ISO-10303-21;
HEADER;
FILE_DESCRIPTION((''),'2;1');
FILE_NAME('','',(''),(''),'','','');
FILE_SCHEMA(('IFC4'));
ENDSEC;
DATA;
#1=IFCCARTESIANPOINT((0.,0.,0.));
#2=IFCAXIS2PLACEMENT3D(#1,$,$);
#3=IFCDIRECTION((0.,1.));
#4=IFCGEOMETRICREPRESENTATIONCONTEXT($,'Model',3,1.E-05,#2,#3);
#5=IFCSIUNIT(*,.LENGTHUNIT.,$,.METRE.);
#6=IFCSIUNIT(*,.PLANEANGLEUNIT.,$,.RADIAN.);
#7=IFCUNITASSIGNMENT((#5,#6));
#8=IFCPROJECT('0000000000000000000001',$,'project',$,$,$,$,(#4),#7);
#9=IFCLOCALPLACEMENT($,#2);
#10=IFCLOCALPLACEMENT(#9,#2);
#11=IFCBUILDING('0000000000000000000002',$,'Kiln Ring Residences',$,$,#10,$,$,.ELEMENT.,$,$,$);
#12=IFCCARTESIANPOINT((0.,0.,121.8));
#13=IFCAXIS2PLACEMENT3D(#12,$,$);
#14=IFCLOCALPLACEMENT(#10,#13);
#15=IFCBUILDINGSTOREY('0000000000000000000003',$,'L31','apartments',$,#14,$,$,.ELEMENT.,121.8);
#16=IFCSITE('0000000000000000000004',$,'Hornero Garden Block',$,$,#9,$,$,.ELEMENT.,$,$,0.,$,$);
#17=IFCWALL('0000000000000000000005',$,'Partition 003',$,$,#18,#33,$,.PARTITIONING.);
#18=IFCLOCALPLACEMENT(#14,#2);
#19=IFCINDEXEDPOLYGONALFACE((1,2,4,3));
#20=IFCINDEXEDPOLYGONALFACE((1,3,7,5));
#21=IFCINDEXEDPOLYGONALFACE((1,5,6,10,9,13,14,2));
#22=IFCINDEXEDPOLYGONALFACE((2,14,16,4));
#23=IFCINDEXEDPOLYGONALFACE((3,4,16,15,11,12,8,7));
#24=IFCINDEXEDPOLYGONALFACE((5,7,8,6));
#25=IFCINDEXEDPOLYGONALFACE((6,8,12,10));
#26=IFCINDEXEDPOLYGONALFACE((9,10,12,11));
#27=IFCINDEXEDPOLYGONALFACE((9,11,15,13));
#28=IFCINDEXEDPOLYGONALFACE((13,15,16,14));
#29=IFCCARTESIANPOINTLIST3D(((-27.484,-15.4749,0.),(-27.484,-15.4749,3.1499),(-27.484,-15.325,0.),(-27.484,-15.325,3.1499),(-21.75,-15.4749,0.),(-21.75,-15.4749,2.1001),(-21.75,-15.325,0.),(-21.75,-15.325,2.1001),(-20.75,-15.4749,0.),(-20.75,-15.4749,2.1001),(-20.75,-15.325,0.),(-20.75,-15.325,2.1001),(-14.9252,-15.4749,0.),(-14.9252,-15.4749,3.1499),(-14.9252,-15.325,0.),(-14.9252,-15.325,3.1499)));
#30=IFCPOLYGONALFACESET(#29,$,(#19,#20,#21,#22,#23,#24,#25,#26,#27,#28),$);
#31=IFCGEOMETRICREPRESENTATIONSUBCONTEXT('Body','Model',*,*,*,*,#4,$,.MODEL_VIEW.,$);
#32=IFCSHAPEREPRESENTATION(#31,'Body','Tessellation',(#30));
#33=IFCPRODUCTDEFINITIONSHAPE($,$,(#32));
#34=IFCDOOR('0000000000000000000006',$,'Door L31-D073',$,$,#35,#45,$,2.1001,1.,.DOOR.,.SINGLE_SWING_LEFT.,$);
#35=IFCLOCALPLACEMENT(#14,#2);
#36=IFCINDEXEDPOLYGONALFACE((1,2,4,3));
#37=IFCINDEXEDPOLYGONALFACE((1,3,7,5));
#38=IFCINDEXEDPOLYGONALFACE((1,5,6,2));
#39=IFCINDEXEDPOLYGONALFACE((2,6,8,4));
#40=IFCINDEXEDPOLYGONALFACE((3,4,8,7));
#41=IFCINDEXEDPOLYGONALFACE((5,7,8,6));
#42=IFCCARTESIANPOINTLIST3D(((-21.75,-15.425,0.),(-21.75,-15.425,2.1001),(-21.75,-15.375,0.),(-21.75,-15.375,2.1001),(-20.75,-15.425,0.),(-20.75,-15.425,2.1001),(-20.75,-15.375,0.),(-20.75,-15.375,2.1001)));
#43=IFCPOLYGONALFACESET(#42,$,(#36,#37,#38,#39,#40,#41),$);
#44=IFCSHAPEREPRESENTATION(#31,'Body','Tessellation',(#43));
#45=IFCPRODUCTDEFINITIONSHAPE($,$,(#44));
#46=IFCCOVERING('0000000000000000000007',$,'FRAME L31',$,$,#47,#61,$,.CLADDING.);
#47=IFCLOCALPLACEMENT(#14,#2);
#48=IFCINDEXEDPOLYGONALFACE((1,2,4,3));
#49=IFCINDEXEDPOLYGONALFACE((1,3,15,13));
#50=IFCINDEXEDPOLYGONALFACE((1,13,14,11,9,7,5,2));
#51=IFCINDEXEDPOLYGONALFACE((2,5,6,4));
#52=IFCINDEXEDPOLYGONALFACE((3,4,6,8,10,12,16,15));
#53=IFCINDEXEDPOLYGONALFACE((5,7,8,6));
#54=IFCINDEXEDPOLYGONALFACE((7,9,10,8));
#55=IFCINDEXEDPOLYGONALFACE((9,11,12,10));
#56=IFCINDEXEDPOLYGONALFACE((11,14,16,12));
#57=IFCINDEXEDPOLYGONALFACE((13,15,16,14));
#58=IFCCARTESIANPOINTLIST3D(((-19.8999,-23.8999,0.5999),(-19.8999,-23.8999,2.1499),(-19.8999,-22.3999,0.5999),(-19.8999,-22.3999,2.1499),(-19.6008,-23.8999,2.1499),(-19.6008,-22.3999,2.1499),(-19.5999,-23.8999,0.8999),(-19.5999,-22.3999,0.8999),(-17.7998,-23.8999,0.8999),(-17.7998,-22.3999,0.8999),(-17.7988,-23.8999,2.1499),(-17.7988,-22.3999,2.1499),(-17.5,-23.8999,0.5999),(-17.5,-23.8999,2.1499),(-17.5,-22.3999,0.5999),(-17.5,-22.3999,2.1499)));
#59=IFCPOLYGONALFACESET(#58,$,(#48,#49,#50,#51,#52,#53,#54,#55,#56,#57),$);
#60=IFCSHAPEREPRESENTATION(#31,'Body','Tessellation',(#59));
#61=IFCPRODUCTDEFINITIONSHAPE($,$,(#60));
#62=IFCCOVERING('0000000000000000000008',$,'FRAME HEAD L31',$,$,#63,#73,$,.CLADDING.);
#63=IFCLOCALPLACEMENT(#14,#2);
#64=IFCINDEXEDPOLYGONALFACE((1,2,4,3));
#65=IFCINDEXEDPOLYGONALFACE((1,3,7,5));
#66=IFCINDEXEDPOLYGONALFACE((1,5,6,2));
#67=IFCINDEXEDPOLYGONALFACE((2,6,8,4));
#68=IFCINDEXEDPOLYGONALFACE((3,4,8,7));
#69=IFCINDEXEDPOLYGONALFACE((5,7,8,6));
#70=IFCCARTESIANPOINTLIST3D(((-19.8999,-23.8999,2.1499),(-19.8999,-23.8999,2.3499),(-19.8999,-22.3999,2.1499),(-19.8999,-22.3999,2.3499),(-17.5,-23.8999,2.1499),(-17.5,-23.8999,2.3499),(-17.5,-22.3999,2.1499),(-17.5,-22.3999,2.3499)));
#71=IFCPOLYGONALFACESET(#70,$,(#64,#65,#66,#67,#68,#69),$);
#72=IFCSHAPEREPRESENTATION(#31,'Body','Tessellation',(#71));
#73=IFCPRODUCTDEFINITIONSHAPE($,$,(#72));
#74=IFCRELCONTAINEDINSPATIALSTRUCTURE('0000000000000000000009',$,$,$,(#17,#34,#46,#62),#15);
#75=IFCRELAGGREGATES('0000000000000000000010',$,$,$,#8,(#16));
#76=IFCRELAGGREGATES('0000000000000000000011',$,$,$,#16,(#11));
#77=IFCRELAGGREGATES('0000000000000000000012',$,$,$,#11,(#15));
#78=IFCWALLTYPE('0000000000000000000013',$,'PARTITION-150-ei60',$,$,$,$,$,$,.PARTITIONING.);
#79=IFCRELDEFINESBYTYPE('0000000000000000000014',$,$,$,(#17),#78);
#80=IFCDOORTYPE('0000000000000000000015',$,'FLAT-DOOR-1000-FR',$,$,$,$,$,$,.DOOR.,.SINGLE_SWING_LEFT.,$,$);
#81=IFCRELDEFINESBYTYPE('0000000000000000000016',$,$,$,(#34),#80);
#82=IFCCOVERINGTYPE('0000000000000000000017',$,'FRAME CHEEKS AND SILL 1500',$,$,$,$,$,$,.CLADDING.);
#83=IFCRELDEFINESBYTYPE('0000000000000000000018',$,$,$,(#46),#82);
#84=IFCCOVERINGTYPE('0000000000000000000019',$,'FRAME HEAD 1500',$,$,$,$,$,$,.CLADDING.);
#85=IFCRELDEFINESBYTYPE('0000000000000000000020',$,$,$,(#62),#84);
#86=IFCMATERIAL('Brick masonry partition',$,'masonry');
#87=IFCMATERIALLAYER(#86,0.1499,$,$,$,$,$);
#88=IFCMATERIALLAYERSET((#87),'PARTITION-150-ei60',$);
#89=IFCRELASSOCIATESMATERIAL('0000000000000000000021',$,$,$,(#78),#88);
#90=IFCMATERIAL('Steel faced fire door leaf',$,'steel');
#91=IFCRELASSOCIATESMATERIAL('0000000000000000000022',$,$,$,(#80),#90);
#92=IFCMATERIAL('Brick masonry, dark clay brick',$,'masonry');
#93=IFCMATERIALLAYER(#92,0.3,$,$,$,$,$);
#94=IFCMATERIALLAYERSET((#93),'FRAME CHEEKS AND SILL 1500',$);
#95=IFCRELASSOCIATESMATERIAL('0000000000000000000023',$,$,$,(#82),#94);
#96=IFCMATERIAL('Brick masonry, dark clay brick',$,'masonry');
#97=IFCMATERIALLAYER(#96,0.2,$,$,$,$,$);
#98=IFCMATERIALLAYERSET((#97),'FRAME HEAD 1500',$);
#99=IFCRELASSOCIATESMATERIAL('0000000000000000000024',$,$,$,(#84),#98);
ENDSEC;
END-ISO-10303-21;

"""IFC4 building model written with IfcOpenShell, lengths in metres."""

from ifc_helpers import new_model, si_unit, direction, frame, frame_2d, origin, origin_2d, place, context, subcontext, project, spatial, polyline, rectangle, outline, extrude, material, layer, layer_set, type_object, element, fill, save


model = new_model("IFC4")

# Units and contexts
model_context = context("Model", 3, precision=1e-05, world=origin(), true_north=direction((0.0, 1.0)))
body_context = subcontext(model_context, "Body", "Model", "MODEL_VIEW")
ifc_project = project(units=[si_unit("LENGTHUNIT", "METRE"), si_unit("PLANEANGLEUNIT", "RADIAN")], contexts=[model_context])

# Site, building, storey
site_placement = place(None, origin())
site = spatial("IfcSite", under=ifc_project, at=site_placement, Name="Hornero Garden Block", CompositionType="ELEMENT", RefElevation=0.0)
building_placement = place(site_placement, origin())
building = spatial("IfcBuilding", under=site, at=building_placement, Name="Kiln Ring Residences", CompositionType="ELEMENT")
storey_placement = place(building_placement, frame((0.0, 0.0, 121.8)))
storey = spatial("IfcBuildingStorey", under=building, at=storey_placement, Name="L31", Description="apartments", CompositionType="ELEMENT", Elevation=121.8)

# Wall, opening, door
ifc_material_1 = material(Name="Brick masonry partition", Category="masonry")
ifc_layer_1 = layer(ifc_material_1, 0.1499)
ifc_layer_set_1 = layer_set([ifc_layer_1], Name="PARTITION-150-ei60")
wall_type_1 = type_object("IfcWallType", Name="PARTITION-150-ei60", PredefinedType="PARTITIONING", material=ifc_layer_set_1)
wall_1_placement = place(storey_placement, frame((-27.4839, -15.3999, 0.0), z_axis=(0.0, 0.0, 1.0), x_axis=(1.0, 0.0, 0.0)))
wall_1 = element("IfcWall", 1, at=wall_1_placement, inside=storey, type_object=wall_type_1, Name="Partition 003", PredefinedType="PARTITIONING", context=body_context, shape_type="SweptSolid", body=[
    extrude(rectangle(XDim=12.5588, YDim=0.1499, at=frame_2d((6.2793, 0.0))), origin(), (0.0, 0.0, 1.0), 3.1499),
])
opening_1_placement = place(wall_1_placement, frame((5.7339, 0.0, 0.0)))
opening_1 = element("IfcOpeningElement", 2, at=opening_1_placement, cuts=wall_1, PredefinedType="OPENING", context=body_context, shape_type="SweptSolid", body=[
    extrude(rectangle(XDim=1.0, YDim=2.1001, at=frame_2d((0.5, 1.05))), frame((0.0, 0.085, 0.0), z_axis=(0.0, -1.0, 0.0), x_axis=(1.0, 0.0, 0.0)), (0.0, 0.0, 1.0), 0.1699),
])
ifc_material_2 = material(Name="Steel faced fire door leaf", Category="steel")
door_type_1 = type_object("IfcDoorType", Name="FLAT-DOOR-1000-FR", OperationType="SINGLE_SWING_LEFT", PredefinedType="DOOR", material=ifc_material_2)
door_1_placement = place(opening_1_placement, origin())
door_1 = element("IfcDoor", 3, at=door_1_placement, inside=storey, type_object=door_type_1, Name="Door L31-D073", OperationType="SINGLE_SWING_LEFT", OverallHeight=2.1001, OverallWidth=1.0, PredefinedType="DOOR", context=body_context, shape_type="SweptSolid", body=[
    extrude(rectangle(XDim=1.0, YDim=2.1001, at=frame_2d((0.5, 1.05))), frame((0.0, 0.0249, 0.0), z_axis=(0.0, -1.0, 0.0), x_axis=(1.0, 0.0, 0.0)), (0.0, 0.0, 1.0), 0.05),
])
fill(opening_1, door_1)

# Coverings
ifc_material_3 = material(Name="Brick masonry, dark clay brick", Category="masonry")
ifc_layer_2 = layer(ifc_material_3, 0.3)
ifc_layer_set_2 = layer_set([ifc_layer_2], Name="FRAME CHEEKS AND SILL 1500")
covering_type_1 = type_object("IfcCoveringType", Name="FRAME CHEEKS AND SILL 1500", PredefinedType="CLADDING", material=ifc_layer_set_2)
covering_1_placement = place(storey_placement, frame((-19.8999, -23.1499, 0.5999), z_axis=(0.0, 0.0, 1.0), x_axis=(1.0, 0.0, 0.0)))
element("IfcCovering", 4, at=covering_1_placement, inside=storey, type_object=covering_type_1, Name="FRAME L31", PredefinedType="CLADDING", context=body_context, shape_type="SweptSolid", body=[
    extrude(outline(polyline([(0.0, 0.0), (2.3999, 0.0), (2.3999, 1.55), (2.1011, 1.55), (2.1001, 0.3), (0.3, 0.3), (0.2991, 1.55), (0.0, 1.55), (0.0, 0.0)])), frame((0.0, 0.75, 0.0), z_axis=(0.0, -1.0, 0.0), x_axis=(1.0, 0.0, 0.0)), (0.0, 0.0, 1.0), 1.5),
])
ifc_material_4 = material(Name="Brick masonry, dark clay brick", Category="masonry")
ifc_layer_3 = layer(ifc_material_4, 0.2)
ifc_layer_set_3 = layer_set([ifc_layer_3], Name="FRAME HEAD 1500")
covering_type_2 = type_object("IfcCoveringType", Name="FRAME HEAD 1500", PredefinedType="CLADDING", material=ifc_layer_set_3)
covering_2_placement = place(storey_placement, frame((-18.7, -23.1499, 2.1499), z_axis=(0.0, 0.0, 1.0), x_axis=(1.0, 0.0, 0.0)))
element("IfcCovering", 5, at=covering_2_placement, inside=storey, type_object=covering_type_2, Name="FRAME HEAD L31", PredefinedType="CLADDING", context=body_context, shape_type="SweptSolid", body=[
    extrude(rectangle(XDim=2.3999, YDim=1.5, at=origin_2d()), origin(), (0.0, 0.0, 1.0), 0.2),
])

save(model, "model.ifc")
